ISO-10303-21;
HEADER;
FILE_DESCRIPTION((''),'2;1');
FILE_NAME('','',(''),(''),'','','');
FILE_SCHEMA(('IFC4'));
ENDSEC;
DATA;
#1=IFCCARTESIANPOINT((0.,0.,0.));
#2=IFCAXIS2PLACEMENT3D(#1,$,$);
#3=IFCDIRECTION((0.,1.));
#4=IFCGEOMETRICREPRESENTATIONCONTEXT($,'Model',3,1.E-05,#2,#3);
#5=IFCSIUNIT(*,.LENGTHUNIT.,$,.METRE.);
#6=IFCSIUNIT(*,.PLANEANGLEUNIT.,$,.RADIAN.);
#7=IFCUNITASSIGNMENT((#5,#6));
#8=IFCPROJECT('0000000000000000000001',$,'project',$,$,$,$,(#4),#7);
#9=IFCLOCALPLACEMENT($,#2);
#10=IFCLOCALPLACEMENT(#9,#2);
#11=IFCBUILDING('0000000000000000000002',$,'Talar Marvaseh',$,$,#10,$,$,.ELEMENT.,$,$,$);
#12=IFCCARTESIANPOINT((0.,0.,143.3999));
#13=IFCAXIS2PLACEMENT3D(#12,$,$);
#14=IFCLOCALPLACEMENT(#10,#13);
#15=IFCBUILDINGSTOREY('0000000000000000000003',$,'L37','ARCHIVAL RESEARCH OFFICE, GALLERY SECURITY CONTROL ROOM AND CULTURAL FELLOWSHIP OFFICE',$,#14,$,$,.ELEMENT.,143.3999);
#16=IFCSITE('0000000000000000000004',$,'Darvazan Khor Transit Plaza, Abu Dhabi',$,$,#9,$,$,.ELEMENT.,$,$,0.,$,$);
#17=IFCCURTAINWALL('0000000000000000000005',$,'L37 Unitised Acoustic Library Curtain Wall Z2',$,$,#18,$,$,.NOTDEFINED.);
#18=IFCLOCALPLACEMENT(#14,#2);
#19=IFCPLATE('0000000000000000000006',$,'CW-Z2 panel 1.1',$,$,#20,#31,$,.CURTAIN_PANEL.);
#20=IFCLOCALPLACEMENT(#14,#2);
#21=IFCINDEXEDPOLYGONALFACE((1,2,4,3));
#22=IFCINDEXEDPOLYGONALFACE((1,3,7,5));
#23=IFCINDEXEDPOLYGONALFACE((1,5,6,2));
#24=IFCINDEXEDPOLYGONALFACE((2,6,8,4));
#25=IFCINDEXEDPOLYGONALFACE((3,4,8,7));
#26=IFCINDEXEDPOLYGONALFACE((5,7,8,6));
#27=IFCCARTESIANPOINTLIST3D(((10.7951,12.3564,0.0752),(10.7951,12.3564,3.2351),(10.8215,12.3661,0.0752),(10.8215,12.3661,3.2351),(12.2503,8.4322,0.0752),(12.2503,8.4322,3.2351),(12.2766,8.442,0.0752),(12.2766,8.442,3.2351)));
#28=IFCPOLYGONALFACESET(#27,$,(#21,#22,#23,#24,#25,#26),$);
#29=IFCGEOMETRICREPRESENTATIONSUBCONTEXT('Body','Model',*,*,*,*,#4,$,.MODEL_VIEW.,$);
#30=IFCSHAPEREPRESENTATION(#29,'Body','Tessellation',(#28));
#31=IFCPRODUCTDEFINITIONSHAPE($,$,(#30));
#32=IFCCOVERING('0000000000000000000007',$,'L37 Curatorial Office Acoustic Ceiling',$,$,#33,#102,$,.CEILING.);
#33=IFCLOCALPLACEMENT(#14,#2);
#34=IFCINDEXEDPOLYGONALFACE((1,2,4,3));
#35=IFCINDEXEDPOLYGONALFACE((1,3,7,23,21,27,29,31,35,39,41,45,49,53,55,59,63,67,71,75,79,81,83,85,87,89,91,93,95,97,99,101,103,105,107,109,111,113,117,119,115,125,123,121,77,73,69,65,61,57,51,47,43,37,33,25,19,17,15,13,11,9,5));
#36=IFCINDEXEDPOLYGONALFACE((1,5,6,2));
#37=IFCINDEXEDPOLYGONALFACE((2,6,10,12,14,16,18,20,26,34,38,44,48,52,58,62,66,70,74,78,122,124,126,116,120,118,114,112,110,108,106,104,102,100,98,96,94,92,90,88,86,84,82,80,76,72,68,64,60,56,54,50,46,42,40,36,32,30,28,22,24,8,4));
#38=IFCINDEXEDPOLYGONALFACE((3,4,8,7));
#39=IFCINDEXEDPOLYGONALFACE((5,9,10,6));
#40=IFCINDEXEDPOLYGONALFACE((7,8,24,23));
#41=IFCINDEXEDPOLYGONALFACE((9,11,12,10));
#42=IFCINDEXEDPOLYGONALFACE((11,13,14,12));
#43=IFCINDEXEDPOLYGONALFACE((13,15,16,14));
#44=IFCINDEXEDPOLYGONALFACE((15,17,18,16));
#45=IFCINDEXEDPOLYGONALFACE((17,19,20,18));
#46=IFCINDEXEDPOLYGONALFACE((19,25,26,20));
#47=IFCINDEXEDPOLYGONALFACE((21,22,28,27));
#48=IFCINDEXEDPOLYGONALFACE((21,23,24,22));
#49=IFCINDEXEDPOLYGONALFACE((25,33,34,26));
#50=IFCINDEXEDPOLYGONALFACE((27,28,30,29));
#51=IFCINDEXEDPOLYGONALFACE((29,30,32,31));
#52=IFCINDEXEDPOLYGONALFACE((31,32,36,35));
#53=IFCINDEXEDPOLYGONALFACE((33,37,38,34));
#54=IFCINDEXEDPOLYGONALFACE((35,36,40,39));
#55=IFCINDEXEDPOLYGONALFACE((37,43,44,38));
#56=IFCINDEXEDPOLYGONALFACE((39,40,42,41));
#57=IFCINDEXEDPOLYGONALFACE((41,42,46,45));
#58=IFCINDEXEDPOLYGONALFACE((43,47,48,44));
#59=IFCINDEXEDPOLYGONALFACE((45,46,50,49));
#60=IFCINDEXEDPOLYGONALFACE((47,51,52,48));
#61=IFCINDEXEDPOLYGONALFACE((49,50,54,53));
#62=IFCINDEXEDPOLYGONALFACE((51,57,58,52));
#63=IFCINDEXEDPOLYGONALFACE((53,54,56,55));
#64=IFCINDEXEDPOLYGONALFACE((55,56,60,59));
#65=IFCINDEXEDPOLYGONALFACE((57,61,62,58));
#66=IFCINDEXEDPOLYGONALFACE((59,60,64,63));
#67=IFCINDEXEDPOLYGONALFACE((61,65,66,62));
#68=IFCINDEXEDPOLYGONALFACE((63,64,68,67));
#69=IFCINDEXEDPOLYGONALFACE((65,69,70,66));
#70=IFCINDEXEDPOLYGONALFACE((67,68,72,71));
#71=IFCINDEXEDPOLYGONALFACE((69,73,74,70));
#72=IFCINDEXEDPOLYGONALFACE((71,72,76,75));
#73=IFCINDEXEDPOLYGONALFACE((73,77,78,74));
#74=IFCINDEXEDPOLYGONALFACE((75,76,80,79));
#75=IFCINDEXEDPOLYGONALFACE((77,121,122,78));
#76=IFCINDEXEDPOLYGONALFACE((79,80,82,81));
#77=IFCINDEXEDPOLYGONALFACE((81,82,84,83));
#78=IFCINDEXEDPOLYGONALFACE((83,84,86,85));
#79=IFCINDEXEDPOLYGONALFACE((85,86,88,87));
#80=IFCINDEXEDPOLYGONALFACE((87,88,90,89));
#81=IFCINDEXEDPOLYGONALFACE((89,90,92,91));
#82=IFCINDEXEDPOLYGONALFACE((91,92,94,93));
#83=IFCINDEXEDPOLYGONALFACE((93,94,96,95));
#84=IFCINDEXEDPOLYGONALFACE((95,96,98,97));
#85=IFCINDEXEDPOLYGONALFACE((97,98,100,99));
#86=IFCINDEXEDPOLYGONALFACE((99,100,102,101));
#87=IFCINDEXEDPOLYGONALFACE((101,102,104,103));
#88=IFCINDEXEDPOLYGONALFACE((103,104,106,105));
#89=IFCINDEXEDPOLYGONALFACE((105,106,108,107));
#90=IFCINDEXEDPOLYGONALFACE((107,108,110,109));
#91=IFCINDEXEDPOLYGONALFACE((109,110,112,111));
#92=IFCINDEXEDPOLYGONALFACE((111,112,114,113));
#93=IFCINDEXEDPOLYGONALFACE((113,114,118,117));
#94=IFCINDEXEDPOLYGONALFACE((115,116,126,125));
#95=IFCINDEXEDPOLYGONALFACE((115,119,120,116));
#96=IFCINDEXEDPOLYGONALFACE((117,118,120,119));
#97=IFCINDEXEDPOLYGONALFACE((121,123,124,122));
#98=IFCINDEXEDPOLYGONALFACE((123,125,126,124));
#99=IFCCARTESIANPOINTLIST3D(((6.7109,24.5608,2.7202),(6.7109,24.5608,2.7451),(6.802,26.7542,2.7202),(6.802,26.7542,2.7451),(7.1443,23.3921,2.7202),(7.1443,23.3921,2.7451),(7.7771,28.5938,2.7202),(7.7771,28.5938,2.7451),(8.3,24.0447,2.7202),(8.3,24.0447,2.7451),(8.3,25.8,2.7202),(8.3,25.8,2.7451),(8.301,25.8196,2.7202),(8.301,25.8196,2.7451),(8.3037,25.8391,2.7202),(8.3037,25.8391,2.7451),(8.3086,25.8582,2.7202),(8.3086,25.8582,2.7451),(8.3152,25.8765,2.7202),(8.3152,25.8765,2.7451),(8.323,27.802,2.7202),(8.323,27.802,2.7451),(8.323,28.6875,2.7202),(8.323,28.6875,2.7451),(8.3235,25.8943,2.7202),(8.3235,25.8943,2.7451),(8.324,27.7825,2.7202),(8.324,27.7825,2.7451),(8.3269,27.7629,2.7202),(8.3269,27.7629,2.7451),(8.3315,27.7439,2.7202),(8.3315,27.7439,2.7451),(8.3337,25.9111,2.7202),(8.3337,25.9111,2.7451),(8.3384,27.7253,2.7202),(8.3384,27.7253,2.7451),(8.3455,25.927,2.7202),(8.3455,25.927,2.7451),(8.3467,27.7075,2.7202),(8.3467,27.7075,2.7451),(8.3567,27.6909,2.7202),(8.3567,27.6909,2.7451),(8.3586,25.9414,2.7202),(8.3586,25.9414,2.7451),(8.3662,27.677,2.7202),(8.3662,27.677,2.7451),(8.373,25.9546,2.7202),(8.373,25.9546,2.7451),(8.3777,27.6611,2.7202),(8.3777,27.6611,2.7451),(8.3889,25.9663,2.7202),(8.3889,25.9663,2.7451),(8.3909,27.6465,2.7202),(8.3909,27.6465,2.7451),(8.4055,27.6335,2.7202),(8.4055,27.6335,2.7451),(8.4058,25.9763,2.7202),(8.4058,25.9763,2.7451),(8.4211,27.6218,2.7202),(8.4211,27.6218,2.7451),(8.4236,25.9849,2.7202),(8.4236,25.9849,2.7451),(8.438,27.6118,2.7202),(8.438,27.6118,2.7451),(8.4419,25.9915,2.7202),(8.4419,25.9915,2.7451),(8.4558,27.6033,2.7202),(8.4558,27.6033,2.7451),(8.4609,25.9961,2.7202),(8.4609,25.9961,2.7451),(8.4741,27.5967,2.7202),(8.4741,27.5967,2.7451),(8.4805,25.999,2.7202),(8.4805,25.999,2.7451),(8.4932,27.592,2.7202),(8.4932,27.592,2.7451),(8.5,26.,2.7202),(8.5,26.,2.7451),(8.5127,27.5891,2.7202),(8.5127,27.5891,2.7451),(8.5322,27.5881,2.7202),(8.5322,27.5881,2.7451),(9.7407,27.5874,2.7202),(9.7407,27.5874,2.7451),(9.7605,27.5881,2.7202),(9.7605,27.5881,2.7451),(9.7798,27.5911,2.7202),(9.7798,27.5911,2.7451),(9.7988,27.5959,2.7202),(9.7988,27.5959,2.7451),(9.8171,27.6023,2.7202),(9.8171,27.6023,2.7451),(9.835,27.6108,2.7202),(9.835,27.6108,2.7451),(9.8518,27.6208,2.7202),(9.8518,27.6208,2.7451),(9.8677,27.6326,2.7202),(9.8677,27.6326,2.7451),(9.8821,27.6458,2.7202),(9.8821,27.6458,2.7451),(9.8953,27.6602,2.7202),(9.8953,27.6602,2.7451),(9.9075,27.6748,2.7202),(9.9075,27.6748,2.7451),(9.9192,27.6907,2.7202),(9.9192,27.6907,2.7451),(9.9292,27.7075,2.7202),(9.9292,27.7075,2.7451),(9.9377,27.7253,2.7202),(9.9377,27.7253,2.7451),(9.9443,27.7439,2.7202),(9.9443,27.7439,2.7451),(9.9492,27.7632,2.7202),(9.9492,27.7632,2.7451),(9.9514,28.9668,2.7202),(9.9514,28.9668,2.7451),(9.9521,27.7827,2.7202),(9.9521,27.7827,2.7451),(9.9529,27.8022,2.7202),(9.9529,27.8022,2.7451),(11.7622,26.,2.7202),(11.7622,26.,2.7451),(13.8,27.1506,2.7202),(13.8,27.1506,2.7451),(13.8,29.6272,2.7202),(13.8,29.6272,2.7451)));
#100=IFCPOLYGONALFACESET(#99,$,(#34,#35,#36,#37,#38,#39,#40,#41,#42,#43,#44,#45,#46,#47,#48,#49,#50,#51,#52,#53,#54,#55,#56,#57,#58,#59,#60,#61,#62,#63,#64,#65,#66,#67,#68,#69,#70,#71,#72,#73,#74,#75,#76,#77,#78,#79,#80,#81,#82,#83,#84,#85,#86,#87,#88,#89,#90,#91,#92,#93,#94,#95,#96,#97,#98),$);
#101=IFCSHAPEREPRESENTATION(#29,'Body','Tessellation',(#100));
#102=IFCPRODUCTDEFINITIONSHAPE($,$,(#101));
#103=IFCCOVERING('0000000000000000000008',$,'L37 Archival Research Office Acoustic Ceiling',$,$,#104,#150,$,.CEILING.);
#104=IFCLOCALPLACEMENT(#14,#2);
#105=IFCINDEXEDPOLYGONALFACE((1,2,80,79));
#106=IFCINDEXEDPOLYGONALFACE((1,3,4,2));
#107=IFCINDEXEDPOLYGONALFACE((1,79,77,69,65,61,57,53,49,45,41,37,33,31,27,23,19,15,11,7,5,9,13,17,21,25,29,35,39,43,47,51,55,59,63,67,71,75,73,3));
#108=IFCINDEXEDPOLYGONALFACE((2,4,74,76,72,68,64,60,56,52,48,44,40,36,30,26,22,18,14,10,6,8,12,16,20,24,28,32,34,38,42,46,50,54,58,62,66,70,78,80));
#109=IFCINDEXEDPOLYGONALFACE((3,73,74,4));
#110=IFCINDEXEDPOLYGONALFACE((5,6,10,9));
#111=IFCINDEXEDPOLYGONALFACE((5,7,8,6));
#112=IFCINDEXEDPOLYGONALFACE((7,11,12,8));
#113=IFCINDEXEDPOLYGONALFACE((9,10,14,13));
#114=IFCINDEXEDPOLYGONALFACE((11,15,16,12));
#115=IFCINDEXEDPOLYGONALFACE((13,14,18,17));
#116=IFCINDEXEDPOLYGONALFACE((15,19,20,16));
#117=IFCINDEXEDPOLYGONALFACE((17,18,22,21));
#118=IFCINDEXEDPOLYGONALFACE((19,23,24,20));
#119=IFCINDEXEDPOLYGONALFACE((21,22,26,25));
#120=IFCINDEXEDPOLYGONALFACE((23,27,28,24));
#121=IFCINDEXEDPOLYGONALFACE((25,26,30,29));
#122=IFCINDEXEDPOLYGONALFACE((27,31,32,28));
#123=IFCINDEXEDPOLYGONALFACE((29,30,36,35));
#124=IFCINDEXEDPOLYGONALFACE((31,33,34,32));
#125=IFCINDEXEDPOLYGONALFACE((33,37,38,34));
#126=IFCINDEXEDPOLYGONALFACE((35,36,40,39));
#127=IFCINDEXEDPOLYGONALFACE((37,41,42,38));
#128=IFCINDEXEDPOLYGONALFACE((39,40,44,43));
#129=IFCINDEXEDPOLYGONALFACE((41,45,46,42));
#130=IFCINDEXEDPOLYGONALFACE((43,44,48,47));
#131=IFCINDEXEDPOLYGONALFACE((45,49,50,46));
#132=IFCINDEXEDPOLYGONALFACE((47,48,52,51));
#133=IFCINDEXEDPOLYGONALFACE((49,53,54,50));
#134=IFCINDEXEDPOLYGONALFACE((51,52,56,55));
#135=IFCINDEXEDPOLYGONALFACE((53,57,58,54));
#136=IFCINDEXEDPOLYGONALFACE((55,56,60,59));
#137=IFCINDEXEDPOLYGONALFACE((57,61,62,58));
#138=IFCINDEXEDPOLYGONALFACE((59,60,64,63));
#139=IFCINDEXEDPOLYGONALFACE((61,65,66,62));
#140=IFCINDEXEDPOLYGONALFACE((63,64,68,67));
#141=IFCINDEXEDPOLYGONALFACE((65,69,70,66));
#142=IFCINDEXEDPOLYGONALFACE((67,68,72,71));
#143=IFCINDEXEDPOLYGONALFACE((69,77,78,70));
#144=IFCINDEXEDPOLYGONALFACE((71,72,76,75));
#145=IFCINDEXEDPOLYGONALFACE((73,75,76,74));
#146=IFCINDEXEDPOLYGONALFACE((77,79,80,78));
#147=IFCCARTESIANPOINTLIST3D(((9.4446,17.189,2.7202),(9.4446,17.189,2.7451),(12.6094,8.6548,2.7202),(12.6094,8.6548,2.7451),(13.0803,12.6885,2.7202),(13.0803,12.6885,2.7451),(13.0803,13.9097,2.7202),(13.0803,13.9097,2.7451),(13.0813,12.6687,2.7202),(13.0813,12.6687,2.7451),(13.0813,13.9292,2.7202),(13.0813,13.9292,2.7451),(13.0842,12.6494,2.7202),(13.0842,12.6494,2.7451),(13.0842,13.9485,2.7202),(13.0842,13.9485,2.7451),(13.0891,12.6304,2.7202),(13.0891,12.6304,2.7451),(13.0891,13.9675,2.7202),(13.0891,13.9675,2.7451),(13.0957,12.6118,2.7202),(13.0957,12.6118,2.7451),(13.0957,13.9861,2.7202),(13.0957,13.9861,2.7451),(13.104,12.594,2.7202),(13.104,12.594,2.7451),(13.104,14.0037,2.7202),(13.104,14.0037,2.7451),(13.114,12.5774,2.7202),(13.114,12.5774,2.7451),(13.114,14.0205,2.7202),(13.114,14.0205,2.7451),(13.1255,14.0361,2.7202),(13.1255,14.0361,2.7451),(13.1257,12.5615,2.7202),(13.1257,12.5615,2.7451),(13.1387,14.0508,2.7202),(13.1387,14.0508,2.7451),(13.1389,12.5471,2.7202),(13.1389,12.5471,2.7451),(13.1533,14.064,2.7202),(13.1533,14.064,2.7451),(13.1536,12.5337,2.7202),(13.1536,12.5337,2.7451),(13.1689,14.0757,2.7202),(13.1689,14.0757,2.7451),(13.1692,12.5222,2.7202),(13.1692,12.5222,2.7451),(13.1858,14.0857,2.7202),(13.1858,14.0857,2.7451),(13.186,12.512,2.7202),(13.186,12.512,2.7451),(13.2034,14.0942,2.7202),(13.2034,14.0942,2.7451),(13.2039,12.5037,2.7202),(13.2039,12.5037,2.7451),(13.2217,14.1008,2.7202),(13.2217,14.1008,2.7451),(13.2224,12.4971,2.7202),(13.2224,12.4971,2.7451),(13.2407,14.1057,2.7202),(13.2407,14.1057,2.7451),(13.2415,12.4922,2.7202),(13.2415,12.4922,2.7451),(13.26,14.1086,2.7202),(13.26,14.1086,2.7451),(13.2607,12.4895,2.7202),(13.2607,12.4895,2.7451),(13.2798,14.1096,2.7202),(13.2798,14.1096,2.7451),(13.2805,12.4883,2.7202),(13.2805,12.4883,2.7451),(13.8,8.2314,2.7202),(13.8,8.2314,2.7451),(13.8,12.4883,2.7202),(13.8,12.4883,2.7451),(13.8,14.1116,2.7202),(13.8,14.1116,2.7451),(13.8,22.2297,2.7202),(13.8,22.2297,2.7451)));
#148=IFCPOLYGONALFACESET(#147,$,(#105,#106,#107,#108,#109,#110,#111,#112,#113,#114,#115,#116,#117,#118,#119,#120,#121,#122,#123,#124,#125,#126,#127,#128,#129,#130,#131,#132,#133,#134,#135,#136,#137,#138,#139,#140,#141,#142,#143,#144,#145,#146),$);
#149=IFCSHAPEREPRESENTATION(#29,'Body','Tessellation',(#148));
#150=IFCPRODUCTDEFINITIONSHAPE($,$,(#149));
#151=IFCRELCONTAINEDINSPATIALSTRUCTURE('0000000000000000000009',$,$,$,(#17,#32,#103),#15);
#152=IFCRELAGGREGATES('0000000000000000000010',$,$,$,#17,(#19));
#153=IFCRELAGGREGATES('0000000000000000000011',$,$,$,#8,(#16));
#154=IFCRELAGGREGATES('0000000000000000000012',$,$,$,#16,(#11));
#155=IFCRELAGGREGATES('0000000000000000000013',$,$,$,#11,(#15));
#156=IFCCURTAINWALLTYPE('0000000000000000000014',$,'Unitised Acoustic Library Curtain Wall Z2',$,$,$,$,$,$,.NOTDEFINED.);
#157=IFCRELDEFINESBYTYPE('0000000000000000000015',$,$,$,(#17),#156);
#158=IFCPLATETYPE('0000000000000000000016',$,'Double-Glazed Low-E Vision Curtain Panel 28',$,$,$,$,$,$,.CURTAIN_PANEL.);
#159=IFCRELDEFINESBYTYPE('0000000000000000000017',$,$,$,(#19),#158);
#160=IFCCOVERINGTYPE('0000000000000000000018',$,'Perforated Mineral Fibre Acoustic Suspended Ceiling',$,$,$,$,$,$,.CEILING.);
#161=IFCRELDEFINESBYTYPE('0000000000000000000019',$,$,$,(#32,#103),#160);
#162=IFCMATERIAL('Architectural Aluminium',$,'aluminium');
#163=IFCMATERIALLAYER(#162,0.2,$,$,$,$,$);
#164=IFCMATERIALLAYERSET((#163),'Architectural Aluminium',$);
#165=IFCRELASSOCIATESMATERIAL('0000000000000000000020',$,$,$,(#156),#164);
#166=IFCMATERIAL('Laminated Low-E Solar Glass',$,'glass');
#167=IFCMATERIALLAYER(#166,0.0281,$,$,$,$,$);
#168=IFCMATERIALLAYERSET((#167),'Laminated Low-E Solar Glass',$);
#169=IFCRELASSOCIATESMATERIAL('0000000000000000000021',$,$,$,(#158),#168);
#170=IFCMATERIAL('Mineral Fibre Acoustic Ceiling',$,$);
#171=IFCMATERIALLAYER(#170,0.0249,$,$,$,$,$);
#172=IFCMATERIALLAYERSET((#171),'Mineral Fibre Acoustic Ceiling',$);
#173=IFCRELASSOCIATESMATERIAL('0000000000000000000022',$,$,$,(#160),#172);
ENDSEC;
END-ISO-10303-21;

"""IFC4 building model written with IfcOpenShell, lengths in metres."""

from ifc_helpers import new_model, si_unit, direction, frame, origin, origin_2d, place, context, subcontext, project, spatial, polyline, rectangle, outline, extrude, source, transform, mapped, material, layer, layer_set, type_object, type_shapes, element, aggregate, save


model = new_model("IFC4")

# Units and contexts
model_context = context("Model", 3, precision=1e-05, world=origin(), true_north=direction((0.0, 1.0)))
body_context = subcontext(model_context, "Body", "Model", "MODEL_VIEW")
ifc_project = project(units=[si_unit("LENGTHUNIT", "METRE"), si_unit("PLANEANGLEUNIT", "RADIAN")], contexts=[model_context])

# Site, building, storey
site_placement = place(None, origin())
site = spatial("IfcSite", under=ifc_project, at=site_placement, Name="Darvazan Khor Transit Plaza, Abu Dhabi", CompositionType="ELEMENT", RefElevation=0.0)
building_placement = place(site_placement, origin())
building = spatial("IfcBuilding", under=site, at=building_placement, Name="Talar Marvaseh", CompositionType="ELEMENT")
storey_placement = place(building_placement, frame((0.0, 0.0, 143.3999)))
storey = spatial("IfcBuildingStorey", under=building, at=storey_placement, Name="L37", Description="ARCHIVAL RESEARCH OFFICE, GALLERY SECURITY CONTROL ROOM AND CULTURAL FELLOWSHIP OFFICE", CompositionType="ELEMENT", Elevation=143.3999)

# Curtain wall
ifc_material_1 = material(Name="Architectural Aluminium", Category="aluminium")
ifc_layer_1 = layer(ifc_material_1, 0.2)
ifc_layer_set_1 = layer_set([ifc_layer_1], Name="Architectural Aluminium")
curtain_wall_type = type_object("IfcCurtainWallType", Name="Unitised Acoustic Library Curtain Wall Z2", PredefinedType="NOTDEFINED", material=ifc_layer_set_1)
curtain_wall_placement = place(storey_placement, origin())
curtain_wall = element("IfcCurtainWall", 1, at=curtain_wall_placement, inside=storey, type_object=curtain_wall_type, Name="L37 Unitised Acoustic Library Curtain Wall Z2", PredefinedType="NOTDEFINED")

# Plate
ifc_material_2 = material(Name="Laminated Low-E Solar Glass", Category="glass")
ifc_layer_2 = layer(ifc_material_2, 0.0281)
ifc_layer_set_2 = layer_set([ifc_layer_2], Name="Laminated Low-E Solar Glass")
plate_type = type_object("IfcPlateType", Name="Double-Glazed Low-E Vision Curtain Panel 28", PredefinedType="CURTAIN_PANEL", material=ifc_layer_set_2)
shared_shape_1 = source(origin(), body_context, "Body", "SweptSolid", [
    extrude(rectangle(XDim=4.1853, YDim=0.0281, at=origin_2d()), origin(), (0.0, 0.0, 1.0), 3.1599),
])
type_shapes(plate_type, [shared_shape_1])
plate_placement = place(storey_placement, frame((11.5359, 10.3992, 0.0752), z_axis=(0.0, 0.0, 1.0), x_axis=(-0.347688, 0.93761, 0.0)))
plate = element("IfcPlate", 2, at=plate_placement, type_object=plate_type, Name="CW-Z2 panel 1.1", PredefinedType="CURTAIN_PANEL", context=body_context, shape_type="MappedRepresentation", body=[
    mapped(shared_shape_1, transform((0.0, 0.0, 0.0), x_axis=(1.0, 0.0, 0.0), y_axis=(0.0, 1.0, 0.0), z_axis=(0.0, 0.0, 1.0), scale=1.0)),
])
aggregate(curtain_wall, [plate])

# Coverings
ifc_material_3 = material(Name="Mineral Fibre Acoustic Ceiling")
ifc_layer_3 = layer(ifc_material_3, 0.0249)
ifc_layer_set_3 = layer_set([ifc_layer_3], Name="Mineral Fibre Acoustic Ceiling")
covering_type_1 = type_object("IfcCoveringType", Name="Perforated Mineral Fibre Acoustic Suspended Ceiling", PredefinedType="CEILING", material=ifc_layer_set_3)
covering_1_placement = place(storey_placement, frame((0.0, 0.0, 2.7202)))
element("IfcCovering", 3, at=covering_1_placement, inside=storey, type_object=covering_type_1, Name="L37 Curatorial Office Acoustic Ceiling", PredefinedType="CEILING", context=body_context, shape_type="SweptSolid", body=[
    extrude(outline(polyline([(8.323, 28.6875), (8.323, 27.802), (8.324, 27.7825), (8.3269, 27.7629), (8.3315, 27.7439), (8.3384, 27.7253), (8.3467, 27.7075), (8.3567, 27.6909), (8.3662, 27.677), (8.3777, 27.6611), (8.3909, 27.6465), (8.4055, 27.6335), (8.4211, 27.6218), (8.438, 27.6118), (8.4558, 27.6033), (8.4741, 27.5967), (8.4932, 27.592), (8.5127, 27.5891), (8.5322, 27.5881), (9.7407, 27.5874), (9.7605, 27.5881), (9.7798, 27.5911), (9.7988, 27.5959), (9.8171, 27.6023), (9.835, 27.6108), (9.8518, 27.6208), (9.8677, 27.6326), (9.8821, 27.6458), (9.8953, 27.6602), (9.9075, 27.6748), (9.9192, 27.6907), (9.9292, 27.7075), (9.9377, 27.7253), (9.9443, 27.7439), (9.9492, 27.7632), (9.9521, 27.7827), (9.9529, 27.8022), (9.9514, 28.9668), (13.8, 29.6272), (13.8, 27.1506), (11.7622, 26.0), (8.5, 26.0), (8.4805, 25.999), (8.4609, 25.9961), (8.4419, 25.9915), (8.4236, 25.9849), (8.4058, 25.9763), (8.3889, 25.9663), (8.373, 25.9546), (8.3586, 25.9414), (8.3455, 25.927), (8.3337, 25.9111), (8.3235, 25.8943), (8.3152, 25.8765), (8.3086, 25.8582), (8.3037, 25.8391), (8.301, 25.8196), (8.3, 25.8), (8.3, 24.0447), (7.1443, 23.3921), (6.7109, 24.5608), (6.802, 26.7542), (7.7771, 28.5938), (8.323, 28.6875)])), origin(), (0.0, 0.0, 1.0), 0.0249),
])
covering_2_placement = place(storey_placement, frame((0.0, 0.0, 2.7202)))
element("IfcCovering", 4, at=covering_2_placement, inside=storey, type_object=covering_type_1, Name="L37 Archival Research Office Acoustic Ceiling", PredefinedType="CEILING", context=body_context, shape_type="SweptSolid", body=[
    extrude(outline(polyline([(13.8, 22.2297), (13.8, 14.1116), (13.2798, 14.1096), (13.26, 14.1086), (13.2407, 14.1057), (13.2217, 14.1008), (13.2034, 14.0942), (13.1858, 14.0857), (13.1689, 14.0757), (13.1533, 14.064), (13.1387, 14.0508), (13.1255, 14.0361), (13.114, 14.0205), (13.104, 14.0037), (13.0957, 13.9861), (13.0891, 13.9675), (13.0842, 13.9485), (13.0813, 13.9292), (13.0803, 13.9097), (13.0803, 12.6885), (13.0813, 12.6687), (13.0842, 12.6494), (13.0891, 12.6304), (13.0957, 12.6118), (13.104, 12.594), (13.114, 12.5774), (13.1257, 12.5615), (13.1389, 12.5471), (13.1536, 12.5337), (13.1692, 12.5222), (13.186, 12.512), (13.2039, 12.5037), (13.2224, 12.4971), (13.2415, 12.4922), (13.2607, 12.4895), (13.2805, 12.4883), (13.8, 12.4883), (13.8, 8.2314), (12.6094, 8.6548), (9.4446, 17.189), (13.8, 22.2297)])), origin(), (0.0, 0.0, 1.0), 0.0249),
])

save(model, "model.ifc")
